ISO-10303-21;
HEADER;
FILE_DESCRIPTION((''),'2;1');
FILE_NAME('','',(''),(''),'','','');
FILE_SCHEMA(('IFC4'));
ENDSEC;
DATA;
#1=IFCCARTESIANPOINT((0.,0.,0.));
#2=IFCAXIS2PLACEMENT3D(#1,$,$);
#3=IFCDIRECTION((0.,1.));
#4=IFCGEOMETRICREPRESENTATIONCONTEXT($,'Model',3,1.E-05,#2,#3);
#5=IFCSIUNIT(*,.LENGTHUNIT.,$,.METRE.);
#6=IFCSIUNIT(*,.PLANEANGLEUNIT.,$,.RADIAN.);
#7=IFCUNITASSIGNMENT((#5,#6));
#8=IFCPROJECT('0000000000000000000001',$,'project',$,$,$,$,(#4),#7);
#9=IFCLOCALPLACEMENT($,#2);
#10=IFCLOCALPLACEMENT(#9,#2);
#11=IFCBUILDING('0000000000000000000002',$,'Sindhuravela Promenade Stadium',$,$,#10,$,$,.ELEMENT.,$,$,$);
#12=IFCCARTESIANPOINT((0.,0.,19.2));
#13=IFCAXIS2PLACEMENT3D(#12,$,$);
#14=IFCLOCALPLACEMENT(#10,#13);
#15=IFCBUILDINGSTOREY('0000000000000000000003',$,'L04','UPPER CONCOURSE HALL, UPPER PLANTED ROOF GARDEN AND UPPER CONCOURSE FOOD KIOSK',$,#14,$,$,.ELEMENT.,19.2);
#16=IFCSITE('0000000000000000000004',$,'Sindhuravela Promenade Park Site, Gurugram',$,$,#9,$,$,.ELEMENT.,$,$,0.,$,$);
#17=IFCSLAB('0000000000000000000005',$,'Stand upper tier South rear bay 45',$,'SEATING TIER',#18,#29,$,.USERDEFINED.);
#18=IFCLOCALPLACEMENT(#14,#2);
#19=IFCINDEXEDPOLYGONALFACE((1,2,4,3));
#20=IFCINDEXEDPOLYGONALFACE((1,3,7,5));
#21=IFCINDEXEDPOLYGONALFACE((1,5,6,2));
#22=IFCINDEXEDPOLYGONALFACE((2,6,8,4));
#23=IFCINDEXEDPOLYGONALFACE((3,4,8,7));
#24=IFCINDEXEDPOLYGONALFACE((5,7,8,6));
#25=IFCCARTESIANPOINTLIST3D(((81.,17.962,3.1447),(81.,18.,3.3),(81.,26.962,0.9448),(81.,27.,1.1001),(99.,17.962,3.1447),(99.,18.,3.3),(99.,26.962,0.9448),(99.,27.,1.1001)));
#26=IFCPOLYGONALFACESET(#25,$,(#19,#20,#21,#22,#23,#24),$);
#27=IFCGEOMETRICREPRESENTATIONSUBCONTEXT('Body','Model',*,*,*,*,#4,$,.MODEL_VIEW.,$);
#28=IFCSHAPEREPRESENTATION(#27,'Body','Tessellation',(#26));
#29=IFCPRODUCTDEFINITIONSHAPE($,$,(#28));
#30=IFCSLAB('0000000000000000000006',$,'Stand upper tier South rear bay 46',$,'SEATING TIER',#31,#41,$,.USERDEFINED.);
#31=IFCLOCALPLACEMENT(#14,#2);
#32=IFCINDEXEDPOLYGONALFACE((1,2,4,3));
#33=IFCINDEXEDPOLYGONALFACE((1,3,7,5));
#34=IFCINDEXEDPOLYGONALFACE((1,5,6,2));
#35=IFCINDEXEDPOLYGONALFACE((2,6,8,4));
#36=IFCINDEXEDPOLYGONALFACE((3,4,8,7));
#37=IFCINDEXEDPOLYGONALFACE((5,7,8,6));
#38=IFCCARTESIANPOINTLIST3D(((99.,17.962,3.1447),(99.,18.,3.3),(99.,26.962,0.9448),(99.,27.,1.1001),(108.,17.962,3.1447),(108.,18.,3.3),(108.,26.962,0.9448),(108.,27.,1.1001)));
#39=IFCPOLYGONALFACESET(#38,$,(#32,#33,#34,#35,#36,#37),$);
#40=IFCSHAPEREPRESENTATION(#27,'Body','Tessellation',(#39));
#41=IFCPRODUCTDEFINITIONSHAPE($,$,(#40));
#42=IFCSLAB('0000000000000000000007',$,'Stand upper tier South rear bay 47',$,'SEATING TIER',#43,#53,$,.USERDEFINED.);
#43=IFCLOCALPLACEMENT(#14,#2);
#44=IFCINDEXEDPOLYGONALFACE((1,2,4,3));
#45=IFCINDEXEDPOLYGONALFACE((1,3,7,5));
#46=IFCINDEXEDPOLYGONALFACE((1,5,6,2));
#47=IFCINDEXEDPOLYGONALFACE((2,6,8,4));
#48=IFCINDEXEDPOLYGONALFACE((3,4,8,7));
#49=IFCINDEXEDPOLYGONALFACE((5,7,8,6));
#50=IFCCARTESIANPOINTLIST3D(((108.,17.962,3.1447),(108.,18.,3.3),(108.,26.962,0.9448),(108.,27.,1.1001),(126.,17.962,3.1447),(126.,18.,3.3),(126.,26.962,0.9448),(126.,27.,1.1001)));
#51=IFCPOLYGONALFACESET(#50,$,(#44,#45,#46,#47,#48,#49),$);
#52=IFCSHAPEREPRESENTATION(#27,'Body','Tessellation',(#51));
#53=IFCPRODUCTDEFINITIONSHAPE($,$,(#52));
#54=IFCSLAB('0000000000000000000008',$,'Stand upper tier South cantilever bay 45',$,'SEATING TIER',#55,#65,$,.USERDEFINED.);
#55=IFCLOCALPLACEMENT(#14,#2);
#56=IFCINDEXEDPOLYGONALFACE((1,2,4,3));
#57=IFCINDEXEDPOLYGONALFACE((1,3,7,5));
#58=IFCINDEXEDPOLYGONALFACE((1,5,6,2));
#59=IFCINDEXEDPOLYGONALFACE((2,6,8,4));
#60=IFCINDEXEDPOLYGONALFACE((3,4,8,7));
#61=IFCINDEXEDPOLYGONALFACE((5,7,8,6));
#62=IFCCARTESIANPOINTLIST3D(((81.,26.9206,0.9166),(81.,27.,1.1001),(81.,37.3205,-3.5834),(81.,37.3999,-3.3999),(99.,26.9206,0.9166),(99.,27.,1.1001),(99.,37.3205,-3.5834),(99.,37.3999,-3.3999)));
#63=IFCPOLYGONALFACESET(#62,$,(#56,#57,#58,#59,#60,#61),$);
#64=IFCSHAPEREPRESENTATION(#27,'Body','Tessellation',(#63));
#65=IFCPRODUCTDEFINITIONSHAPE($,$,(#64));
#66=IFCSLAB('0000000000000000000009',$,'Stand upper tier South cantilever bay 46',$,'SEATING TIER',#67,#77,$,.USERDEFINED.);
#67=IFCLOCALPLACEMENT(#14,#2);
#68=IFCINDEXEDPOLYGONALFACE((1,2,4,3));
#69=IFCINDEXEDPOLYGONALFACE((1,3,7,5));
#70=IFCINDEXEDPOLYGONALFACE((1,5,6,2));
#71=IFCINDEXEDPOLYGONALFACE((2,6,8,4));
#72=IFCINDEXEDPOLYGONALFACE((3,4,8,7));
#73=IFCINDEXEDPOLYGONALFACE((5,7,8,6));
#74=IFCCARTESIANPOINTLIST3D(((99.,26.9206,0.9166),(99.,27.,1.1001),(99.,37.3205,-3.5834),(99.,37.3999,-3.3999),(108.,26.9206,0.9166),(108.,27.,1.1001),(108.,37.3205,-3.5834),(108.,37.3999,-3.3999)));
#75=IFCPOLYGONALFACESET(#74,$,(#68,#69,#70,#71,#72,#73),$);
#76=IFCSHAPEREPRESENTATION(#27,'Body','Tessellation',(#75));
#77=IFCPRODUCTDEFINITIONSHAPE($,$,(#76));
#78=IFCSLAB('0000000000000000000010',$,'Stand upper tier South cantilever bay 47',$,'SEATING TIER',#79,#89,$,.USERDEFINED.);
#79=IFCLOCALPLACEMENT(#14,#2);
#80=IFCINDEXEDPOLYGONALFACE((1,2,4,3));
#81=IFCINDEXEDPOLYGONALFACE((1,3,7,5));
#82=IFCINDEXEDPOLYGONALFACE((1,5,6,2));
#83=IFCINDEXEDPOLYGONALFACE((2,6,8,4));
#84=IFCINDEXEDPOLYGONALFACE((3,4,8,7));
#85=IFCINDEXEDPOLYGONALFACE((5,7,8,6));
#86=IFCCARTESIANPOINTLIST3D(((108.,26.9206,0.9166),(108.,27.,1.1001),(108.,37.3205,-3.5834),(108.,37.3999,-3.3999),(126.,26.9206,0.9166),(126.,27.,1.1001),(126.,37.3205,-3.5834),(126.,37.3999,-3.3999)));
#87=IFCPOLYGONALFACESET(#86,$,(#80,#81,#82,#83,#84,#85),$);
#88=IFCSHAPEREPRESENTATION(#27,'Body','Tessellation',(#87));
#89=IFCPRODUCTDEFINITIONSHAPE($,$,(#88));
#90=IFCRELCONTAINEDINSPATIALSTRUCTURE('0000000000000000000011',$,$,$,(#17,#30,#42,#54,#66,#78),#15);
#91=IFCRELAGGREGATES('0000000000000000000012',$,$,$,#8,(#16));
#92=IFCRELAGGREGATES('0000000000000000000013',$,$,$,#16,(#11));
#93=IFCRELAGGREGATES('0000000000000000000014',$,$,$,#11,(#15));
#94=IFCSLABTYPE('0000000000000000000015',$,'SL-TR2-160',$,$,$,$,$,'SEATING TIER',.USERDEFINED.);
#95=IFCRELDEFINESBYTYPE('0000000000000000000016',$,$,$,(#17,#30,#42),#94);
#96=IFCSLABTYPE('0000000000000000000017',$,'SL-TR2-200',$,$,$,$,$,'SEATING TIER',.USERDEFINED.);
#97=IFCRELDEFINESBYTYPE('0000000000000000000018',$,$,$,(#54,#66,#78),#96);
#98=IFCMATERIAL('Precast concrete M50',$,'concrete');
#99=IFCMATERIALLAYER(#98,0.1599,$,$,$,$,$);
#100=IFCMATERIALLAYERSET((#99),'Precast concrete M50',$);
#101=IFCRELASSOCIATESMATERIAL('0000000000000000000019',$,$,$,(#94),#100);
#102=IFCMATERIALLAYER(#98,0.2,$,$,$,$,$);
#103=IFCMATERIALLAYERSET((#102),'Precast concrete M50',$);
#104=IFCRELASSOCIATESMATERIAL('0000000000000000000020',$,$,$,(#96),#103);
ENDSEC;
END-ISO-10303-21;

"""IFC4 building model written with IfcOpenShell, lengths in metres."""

from ifc_helpers import new_model, si_unit, direction, frame, origin, place, context, subcontext, project, spatial, polyline, outline, extrude, material, layer, layer_set, type_object, element, save


model = new_model("IFC4")

# Units and contexts
model_context = context("Model", 3, precision=1e-05, world=origin(), true_north=direction((0.0, 1.0)))
body_context = subcontext(model_context, "Body", "Model", "MODEL_VIEW")
ifc_project = project(units=[si_unit("LENGTHUNIT", "METRE"), si_unit("PLANEANGLEUNIT", "RADIAN")], contexts=[model_context])

# Site, building, storey
site_placement = place(None, origin())
site = spatial("IfcSite", under=ifc_project, at=site_placement, Name="Sindhuravela Promenade Park Site, Gurugram", CompositionType="ELEMENT", RefElevation=0.0)
building_placement = place(site_placement, origin())
building = spatial("IfcBuilding", under=site, at=building_placement, Name="Sindhuravela Promenade Stadium", CompositionType="ELEMENT")
storey_placement = place(building_placement, frame((0.0, 0.0, 19.2)))
storey = spatial("IfcBuildingStorey", under=building, at=storey_placement, Name="L04", Description="UPPER CONCOURSE HALL, UPPER PLANTED ROOF GARDEN AND UPPER CONCOURSE FOOD KIOSK", CompositionType="ELEMENT", Elevation=19.2)

# Slabs
ifc_material_1 = material(Name="Precast concrete M50", Category="concrete")
ifc_layer_1 = layer(ifc_material_1, 0.1599)
ifc_layer_set_1 = layer_set([ifc_layer_1], Name="Precast concrete M50")
slab_type_1 = type_object("IfcSlabType", Name="SL-TR2-160", ElementType="SEATING TIER", PredefinedType="USERDEFINED", material=ifc_layer_set_1)
slab_1_placement = place(storey_placement, frame((99.0, 27.0, 1.1001), z_axis=(0.0, 0.237448, 0.9714), x_axis=(-1.0, 0.0, 0.0)))
element("IfcSlab", 1, at=slab_1_placement, inside=storey, type_object=slab_type_1, Name="Stand upper tier South rear bay 45", ObjectType="SEATING TIER", PredefinedType="USERDEFINED", context=body_context, shape_type="SweptSolid", body=[
    extrude(outline(polyline([(0.0, 0.0), (18.0, 0.0), (18.0, 9.265), (0.0, 9.265), (0.0, 0.0)])), origin(), (0.0, 0.0, -1.0), 0.1599),
])
slab_2_placement = place(storey_placement, frame((108.0, 27.0, 1.1001), z_axis=(0.0, 0.237448, 0.9714), x_axis=(-1.0, 0.0, 0.0)))
element("IfcSlab", 2, at=slab_2_placement, inside=storey, type_object=slab_type_1, Name="Stand upper tier South rear bay 46", ObjectType="SEATING TIER", PredefinedType="USERDEFINED", context=body_context, shape_type="SweptSolid", body=[
    extrude(outline(polyline([(0.0, 0.0), (9.0, 0.0), (9.0, 9.265), (0.0, 9.265), (0.0, 0.0)])), origin(), (0.0, 0.0, -1.0), 0.1599),
])
slab_3_placement = place(storey_placement, frame((126.0, 27.0, 1.1001), z_axis=(0.0, 0.237448, 0.9714), x_axis=(-1.0, 0.0, 0.0)))
element("IfcSlab", 3, at=slab_3_placement, inside=storey, type_object=slab_type_1, Name="Stand upper tier South rear bay 47", ObjectType="SEATING TIER", PredefinedType="USERDEFINED", context=body_context, shape_type="SweptSolid", body=[
    extrude(outline(polyline([(0.0, 0.0), (18.0, 0.0), (18.0, 9.265), (0.0, 9.265), (0.0, 0.0)])), origin(), (0.0, 0.0, -1.0), 0.1599),
])
ifc_layer_2 = layer(ifc_material_1, 0.2)
ifc_layer_set_2 = layer_set([ifc_layer_2], Name="Precast concrete M50")
slab_type_2 = type_object("IfcSlabType", Name="SL-TR2-200", ElementType="SEATING TIER", PredefinedType="USERDEFINED", material=ifc_layer_set_2)
slab_4_placement = place(storey_placement, frame((99.0, 37.3999, -3.3999), z_axis=(0.0, 0.397115, 0.917769), x_axis=(-1.0, 0.0, 0.0)))
element("IfcSlab", 4, at=slab_4_placement, inside=storey, type_object=slab_type_2, Name="Stand upper tier South cantilever bay 45", ObjectType="SEATING TIER", PredefinedType="USERDEFINED", context=body_context, shape_type="SweptSolid", body=[
    extrude(outline(polyline([(0.0, 0.0), (18.0, 0.0), (18.0, 11.3317), (0.0, 11.3317), (0.0, 0.0)])), origin(), (0.0, 0.0, -1.0), 0.2),
])
slab_5_placement = place(storey_placement, frame((108.0, 37.3999, -3.3999), z_axis=(0.0, 0.397115, 0.917769), x_axis=(-1.0, 0.0, 0.0)))
element("IfcSlab", 5, at=slab_5_placement, inside=storey, type_object=slab_type_2, Name="Stand upper tier South cantilever bay 46", ObjectType="SEATING TIER", PredefinedType="USERDEFINED", context=body_context, shape_type="SweptSolid", body=[
    extrude(outline(polyline([(0.0, 0.0), (9.0, 0.0), (9.0, 11.3317), (0.0, 11.3317), (0.0, 0.0)])), origin(), (0.0, 0.0, -1.0), 0.2),
])
slab_6_placement = place(storey_placement, frame((126.0, 37.3999, -3.3999), z_axis=(0.0, 0.397115, 0.917769), x_axis=(-1.0, 0.0, 0.0)))
element("IfcSlab", 6, at=slab_6_placement, inside=storey, type_object=slab_type_2, Name="Stand upper tier South cantilever bay 47", ObjectType="SEATING TIER", PredefinedType="USERDEFINED", context=body_context, shape_type="SweptSolid", body=[
    extrude(outline(polyline([(0.0, 0.0), (18.0, 0.0), (18.0, 11.3317), (0.0, 11.3317), (0.0, 0.0)])), origin(), (0.0, 0.0, -1.0), 0.2),
])

save(model, "model.ifc")
